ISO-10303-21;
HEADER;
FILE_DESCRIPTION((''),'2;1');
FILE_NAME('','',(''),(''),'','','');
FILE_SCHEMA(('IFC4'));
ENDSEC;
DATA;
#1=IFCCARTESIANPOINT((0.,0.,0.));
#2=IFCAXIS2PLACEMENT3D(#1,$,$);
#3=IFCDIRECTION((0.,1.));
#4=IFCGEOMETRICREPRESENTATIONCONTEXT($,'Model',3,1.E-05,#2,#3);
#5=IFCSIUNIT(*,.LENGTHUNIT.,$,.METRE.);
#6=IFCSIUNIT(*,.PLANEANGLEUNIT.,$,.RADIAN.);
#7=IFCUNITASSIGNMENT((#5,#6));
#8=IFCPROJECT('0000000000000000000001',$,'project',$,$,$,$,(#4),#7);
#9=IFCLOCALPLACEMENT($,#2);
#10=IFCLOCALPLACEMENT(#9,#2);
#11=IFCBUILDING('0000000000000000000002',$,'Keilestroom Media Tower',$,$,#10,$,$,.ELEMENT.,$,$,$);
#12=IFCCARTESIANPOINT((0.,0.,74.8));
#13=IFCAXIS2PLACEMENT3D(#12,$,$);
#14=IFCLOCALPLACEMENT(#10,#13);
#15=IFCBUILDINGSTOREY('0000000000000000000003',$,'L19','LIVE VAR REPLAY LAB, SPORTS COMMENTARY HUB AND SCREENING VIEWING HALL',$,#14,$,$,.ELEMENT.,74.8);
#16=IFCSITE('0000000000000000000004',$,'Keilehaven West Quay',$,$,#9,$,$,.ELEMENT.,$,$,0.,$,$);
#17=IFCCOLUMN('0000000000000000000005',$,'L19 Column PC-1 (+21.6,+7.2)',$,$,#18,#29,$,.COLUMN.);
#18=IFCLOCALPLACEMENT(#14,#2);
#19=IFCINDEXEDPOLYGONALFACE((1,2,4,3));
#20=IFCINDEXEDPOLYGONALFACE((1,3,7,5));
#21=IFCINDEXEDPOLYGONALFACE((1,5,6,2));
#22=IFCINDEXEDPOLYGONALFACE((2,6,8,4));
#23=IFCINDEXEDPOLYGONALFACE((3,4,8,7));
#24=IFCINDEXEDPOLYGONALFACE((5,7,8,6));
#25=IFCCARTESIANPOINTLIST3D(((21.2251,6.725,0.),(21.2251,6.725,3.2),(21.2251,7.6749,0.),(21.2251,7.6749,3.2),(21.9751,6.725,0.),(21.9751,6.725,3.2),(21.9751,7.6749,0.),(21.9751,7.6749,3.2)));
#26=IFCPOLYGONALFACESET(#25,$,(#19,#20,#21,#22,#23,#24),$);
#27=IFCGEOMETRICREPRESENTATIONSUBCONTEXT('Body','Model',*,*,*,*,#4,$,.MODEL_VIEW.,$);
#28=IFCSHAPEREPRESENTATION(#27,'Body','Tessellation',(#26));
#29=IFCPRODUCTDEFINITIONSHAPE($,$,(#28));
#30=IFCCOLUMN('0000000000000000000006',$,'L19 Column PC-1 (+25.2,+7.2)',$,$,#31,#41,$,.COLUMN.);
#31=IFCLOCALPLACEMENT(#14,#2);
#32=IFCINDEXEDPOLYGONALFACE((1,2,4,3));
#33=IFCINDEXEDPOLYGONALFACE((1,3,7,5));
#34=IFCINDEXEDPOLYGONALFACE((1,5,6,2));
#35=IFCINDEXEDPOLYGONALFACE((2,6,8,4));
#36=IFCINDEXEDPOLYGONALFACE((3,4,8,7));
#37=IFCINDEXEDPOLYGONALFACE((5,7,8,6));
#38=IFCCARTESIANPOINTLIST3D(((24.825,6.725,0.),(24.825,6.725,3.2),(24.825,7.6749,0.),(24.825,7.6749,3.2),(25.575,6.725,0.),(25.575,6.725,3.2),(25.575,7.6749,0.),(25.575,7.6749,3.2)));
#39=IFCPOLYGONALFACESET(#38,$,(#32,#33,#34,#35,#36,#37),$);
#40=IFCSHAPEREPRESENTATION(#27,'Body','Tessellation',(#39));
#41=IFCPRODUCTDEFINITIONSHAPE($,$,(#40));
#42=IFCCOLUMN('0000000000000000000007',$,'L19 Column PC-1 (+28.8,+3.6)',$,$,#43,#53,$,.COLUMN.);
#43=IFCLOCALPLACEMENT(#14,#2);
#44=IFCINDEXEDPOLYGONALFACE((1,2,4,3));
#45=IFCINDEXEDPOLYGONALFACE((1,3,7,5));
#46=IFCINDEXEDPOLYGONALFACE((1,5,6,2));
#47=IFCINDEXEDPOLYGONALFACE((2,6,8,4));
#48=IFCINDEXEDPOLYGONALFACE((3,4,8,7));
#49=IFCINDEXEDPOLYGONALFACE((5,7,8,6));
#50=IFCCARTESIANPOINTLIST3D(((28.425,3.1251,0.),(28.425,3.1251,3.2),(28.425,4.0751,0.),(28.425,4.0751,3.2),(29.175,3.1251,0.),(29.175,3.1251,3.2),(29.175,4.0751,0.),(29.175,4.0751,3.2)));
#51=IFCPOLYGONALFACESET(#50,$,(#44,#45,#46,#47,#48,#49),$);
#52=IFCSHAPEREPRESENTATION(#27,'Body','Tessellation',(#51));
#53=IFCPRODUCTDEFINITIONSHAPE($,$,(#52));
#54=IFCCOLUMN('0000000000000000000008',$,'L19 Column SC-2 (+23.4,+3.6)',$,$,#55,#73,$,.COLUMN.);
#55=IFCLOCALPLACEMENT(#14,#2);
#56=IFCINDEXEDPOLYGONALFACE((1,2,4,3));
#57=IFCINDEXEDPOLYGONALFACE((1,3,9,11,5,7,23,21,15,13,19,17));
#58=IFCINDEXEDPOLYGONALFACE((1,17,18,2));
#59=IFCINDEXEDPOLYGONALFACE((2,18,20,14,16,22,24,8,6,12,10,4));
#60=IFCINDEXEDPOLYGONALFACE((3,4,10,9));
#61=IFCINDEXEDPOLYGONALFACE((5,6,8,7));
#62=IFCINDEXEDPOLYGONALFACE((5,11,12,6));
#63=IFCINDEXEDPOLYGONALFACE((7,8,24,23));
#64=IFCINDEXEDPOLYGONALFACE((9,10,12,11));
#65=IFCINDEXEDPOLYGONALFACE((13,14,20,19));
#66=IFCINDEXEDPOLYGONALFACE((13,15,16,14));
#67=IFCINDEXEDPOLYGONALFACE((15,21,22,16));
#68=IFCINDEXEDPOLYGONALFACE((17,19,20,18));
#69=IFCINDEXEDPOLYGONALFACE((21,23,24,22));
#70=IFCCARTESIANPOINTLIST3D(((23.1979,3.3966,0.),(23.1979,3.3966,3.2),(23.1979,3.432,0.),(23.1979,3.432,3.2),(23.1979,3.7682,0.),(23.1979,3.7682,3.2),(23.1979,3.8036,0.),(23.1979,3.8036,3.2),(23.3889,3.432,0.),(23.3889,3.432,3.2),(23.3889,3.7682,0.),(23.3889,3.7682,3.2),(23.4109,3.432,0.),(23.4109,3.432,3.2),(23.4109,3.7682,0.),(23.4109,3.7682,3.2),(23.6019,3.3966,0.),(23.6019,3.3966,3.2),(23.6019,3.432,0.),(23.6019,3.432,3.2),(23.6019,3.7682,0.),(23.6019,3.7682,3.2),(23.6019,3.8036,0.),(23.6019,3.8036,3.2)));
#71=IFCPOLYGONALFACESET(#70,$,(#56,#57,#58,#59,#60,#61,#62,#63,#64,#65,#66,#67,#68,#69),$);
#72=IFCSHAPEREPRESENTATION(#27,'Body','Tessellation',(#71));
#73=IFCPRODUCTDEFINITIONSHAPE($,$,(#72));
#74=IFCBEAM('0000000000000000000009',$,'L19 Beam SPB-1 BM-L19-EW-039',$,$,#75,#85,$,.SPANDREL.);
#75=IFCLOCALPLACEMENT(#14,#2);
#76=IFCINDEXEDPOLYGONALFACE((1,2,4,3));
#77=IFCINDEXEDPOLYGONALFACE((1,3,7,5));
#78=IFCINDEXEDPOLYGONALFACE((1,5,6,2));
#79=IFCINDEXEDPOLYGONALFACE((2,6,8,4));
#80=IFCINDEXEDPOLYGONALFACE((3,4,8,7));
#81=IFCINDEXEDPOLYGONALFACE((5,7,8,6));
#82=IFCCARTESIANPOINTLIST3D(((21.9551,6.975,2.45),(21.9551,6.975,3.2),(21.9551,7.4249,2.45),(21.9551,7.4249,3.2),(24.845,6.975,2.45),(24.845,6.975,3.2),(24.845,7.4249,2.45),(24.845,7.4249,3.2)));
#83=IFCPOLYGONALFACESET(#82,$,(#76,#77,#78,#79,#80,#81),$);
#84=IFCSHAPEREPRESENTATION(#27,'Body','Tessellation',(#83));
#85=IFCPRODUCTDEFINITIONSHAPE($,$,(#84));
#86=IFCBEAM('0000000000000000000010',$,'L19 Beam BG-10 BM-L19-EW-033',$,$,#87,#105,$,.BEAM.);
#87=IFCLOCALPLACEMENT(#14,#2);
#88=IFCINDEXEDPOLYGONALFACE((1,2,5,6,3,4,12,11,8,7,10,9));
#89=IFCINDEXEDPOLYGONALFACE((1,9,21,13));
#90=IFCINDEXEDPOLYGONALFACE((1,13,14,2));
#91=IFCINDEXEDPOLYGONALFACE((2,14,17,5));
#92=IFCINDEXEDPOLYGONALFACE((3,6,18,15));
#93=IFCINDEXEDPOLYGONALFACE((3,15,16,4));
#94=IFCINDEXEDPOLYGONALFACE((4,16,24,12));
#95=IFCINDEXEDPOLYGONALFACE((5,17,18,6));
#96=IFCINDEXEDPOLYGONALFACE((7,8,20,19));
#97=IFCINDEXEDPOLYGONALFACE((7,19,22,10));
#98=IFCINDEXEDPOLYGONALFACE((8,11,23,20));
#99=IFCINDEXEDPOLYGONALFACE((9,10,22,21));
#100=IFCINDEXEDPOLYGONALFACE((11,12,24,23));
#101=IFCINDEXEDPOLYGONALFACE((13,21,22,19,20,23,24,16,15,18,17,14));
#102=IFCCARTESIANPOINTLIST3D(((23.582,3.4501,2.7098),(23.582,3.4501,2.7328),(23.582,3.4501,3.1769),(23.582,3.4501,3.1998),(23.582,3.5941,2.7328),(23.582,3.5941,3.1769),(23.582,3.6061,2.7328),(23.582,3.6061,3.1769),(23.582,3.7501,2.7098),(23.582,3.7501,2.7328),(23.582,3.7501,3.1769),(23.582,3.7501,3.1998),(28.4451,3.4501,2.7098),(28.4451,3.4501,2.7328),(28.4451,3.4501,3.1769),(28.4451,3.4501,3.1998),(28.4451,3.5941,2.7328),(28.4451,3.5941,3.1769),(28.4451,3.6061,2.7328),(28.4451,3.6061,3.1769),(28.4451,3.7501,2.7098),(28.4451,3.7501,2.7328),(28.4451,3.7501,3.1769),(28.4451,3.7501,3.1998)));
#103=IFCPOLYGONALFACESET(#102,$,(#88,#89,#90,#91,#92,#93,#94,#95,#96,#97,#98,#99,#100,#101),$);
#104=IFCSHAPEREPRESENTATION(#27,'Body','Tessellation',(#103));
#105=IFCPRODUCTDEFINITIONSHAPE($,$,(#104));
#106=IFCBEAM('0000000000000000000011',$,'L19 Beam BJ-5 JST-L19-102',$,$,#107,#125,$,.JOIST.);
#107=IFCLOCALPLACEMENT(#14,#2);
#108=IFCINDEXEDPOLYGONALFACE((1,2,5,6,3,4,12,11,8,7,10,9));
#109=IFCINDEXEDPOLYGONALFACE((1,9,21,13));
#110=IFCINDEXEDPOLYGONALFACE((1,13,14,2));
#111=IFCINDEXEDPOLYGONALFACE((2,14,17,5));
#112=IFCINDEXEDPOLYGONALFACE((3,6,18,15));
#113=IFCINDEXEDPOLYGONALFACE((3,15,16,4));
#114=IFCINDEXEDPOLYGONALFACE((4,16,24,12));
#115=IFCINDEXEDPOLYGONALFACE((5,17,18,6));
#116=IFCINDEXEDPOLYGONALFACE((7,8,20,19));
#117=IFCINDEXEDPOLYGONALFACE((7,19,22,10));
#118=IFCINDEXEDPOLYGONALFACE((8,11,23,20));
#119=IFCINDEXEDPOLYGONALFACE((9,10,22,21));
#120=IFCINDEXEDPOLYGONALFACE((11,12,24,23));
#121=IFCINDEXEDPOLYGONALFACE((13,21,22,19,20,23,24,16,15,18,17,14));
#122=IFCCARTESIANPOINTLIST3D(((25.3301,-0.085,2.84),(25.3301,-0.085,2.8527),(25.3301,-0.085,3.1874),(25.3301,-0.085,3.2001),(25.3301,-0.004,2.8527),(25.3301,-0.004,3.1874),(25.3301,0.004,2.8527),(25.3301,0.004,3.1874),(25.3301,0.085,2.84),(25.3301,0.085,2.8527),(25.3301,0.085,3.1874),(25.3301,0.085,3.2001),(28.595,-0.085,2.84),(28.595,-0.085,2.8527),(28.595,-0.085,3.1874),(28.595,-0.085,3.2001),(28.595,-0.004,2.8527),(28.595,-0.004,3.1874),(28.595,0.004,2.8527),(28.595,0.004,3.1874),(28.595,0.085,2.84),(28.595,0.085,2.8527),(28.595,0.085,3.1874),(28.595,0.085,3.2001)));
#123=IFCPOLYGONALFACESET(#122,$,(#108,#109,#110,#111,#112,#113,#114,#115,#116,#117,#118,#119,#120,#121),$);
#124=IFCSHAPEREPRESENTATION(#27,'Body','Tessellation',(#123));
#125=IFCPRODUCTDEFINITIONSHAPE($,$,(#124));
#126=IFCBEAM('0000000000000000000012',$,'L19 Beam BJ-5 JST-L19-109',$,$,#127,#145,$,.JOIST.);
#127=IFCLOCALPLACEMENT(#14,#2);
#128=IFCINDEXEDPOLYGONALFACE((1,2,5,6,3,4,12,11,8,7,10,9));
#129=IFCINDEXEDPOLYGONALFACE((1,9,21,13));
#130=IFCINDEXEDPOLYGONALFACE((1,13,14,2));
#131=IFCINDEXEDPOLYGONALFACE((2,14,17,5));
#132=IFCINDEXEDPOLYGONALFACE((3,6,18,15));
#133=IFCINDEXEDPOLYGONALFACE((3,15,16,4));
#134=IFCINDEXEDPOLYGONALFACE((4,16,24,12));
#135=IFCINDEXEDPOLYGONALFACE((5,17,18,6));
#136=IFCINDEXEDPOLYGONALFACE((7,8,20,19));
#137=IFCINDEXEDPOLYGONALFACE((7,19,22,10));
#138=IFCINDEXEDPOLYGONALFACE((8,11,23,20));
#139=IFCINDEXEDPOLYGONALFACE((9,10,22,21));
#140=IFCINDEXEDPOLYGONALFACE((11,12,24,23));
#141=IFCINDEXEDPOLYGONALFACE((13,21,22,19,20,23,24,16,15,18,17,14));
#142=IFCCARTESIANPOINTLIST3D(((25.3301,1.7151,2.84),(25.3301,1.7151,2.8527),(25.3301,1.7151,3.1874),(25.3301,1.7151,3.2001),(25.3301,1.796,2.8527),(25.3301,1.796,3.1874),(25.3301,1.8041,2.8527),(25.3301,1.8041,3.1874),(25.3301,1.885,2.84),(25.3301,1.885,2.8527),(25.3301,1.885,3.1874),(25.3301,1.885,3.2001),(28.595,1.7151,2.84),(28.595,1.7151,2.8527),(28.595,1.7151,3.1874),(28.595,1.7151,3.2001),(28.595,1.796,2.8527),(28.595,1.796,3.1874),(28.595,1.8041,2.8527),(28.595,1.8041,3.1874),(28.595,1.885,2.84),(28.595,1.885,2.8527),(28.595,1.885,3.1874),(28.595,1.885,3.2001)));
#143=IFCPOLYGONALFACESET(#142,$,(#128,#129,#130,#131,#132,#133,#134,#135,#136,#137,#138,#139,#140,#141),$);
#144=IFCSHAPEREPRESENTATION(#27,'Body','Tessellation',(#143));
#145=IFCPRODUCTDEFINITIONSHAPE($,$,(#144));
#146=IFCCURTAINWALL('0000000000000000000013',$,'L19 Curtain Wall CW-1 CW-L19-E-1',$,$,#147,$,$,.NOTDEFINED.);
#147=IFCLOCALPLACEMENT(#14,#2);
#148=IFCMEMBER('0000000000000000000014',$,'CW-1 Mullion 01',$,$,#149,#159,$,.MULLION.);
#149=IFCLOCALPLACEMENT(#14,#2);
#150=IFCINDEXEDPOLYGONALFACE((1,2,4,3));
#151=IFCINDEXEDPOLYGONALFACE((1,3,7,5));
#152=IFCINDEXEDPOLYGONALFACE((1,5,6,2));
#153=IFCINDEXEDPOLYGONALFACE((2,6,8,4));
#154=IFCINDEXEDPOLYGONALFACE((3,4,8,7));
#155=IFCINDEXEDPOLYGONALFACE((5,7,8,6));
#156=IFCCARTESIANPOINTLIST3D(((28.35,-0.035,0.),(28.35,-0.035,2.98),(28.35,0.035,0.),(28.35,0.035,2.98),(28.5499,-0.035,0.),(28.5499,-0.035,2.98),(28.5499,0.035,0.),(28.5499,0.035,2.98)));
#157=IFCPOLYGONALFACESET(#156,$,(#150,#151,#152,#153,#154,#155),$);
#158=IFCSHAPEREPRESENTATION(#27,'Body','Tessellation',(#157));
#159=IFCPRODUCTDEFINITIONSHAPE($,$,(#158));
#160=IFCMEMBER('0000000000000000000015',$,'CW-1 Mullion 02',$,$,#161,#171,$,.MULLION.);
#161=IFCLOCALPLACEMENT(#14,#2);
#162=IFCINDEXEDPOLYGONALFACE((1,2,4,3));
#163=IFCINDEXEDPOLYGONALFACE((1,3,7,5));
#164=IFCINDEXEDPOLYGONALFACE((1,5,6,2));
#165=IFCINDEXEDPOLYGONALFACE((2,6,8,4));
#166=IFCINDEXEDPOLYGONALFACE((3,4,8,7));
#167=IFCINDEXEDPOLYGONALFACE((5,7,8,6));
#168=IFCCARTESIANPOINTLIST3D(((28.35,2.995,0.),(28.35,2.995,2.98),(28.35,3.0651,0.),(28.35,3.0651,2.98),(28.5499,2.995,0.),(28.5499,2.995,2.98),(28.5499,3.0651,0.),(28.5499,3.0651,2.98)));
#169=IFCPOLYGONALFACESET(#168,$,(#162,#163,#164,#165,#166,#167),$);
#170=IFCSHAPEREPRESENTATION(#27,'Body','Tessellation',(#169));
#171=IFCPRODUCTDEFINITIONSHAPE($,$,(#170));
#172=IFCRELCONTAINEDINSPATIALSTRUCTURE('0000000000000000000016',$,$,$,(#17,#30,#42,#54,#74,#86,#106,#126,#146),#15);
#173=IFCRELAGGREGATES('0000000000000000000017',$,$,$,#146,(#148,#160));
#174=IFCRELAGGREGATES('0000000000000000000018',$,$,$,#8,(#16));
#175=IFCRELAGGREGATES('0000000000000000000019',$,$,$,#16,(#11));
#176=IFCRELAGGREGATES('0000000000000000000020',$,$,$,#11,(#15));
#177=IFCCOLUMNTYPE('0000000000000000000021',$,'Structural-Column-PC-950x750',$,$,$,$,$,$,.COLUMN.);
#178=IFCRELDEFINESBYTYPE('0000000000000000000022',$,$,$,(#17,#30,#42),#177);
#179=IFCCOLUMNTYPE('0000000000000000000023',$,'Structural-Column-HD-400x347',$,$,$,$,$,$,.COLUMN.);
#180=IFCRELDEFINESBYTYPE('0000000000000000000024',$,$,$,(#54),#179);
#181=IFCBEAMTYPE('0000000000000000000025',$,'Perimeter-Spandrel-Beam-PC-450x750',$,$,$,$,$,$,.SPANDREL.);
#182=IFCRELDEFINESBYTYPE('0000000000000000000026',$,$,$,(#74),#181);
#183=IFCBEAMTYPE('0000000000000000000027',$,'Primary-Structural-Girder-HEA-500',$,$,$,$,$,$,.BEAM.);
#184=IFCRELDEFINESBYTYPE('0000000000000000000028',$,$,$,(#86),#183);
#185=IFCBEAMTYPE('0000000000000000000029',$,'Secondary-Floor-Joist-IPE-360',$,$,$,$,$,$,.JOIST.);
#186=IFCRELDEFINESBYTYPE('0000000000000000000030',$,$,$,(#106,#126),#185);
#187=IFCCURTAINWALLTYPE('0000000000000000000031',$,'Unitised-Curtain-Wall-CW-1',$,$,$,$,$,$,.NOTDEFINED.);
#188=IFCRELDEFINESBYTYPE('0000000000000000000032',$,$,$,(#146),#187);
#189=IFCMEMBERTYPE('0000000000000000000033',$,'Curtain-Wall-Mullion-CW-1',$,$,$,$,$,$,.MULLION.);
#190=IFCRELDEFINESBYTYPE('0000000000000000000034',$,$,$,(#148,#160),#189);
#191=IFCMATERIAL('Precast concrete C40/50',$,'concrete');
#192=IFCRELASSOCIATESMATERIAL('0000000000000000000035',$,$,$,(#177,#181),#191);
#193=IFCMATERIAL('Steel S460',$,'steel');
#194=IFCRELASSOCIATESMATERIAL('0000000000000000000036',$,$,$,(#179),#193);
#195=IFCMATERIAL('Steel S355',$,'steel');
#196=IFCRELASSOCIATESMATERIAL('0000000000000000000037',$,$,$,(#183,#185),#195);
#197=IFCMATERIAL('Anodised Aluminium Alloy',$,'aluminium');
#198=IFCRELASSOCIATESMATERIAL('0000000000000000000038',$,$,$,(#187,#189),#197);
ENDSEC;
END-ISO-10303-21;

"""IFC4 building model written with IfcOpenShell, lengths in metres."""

from ifc_helpers import new_model, si_unit, direction, frame, origin, origin_2d, place, context, subcontext, project, spatial, rectangle, i_section, extrude, source, transform, mapped, material, material_profile, profile_set, type_object, element, aggregate, save


model = new_model("IFC4")

# Units and contexts
model_context = context("Model", 3, precision=1e-05, world=origin(), true_north=direction((0.0, 1.0)))
body_context = subcontext(model_context, "Body", "Model", "MODEL_VIEW")
ifc_project = project(units=[si_unit("LENGTHUNIT", "METRE"), si_unit("PLANEANGLEUNIT", "RADIAN")], contexts=[model_context])

# Site, building, storey
site_placement = place(None, origin())
site = spatial("IfcSite", under=ifc_project, at=site_placement, Name="Keilehaven West Quay", CompositionType="ELEMENT", RefElevation=0.0)
building_placement = place(site_placement, origin())
building = spatial("IfcBuilding", under=site, at=building_placement, Name="Keilestroom Media Tower", CompositionType="ELEMENT")
storey_placement = place(building_placement, frame((0.0, 0.0, 74.8)))
storey = spatial("IfcBuildingStorey", under=building, at=storey_placement, Name="L19", Description="LIVE VAR REPLAY LAB, SPORTS COMMENTARY HUB AND SCREENING VIEWING HALL", CompositionType="ELEMENT", Elevation=74.8)

# Columns
ifc_material_1 = material(Name="Precast concrete C40/50", Category="concrete")
ifc_material_profile_1 = material_profile(ifc_material_1, rectangle(XDim=0.75, YDim=0.95, at=origin_2d()), Name="PC 950x750")
ifc_profile_set_1 = profile_set([ifc_material_profile_1], Name="Precast concrete C40/50")
column_type_1 = type_object("IfcColumnType", Name="Structural-Column-PC-950x750", PredefinedType="COLUMN", material=ifc_profile_set_1)
shared_shape_1 = source(origin(), body_context, "Body", "SweptSolid", [
    extrude(rectangle(XDim=0.75, YDim=0.95, at=origin_2d()), origin(), (0.0, 0.0, 1.0), 3.2),
])
for number, where, z_axis, x_axis, name in (
    (1, (21.6001, 7.2, 0.0), (0.0, 0.0, 1.0), (1.0, 0.0, 0.0), "L19 Column PC-1 (+21.6,+7.2)"),
    (2, (25.2, 7.2, 0.0), (0.0, 0.0, 1.0), (1.0, 0.0, 0.0), "L19 Column PC-1 (+25.2,+7.2)"),
    (3, (28.8, 3.6001, 0.0), (0.0, 0.0, 1.0), (1.0, 0.0, 0.0), "L19 Column PC-1 (+28.8,+3.6)"),
):
    element("IfcColumn", number, at=place(storey_placement, frame(where, z_axis=z_axis, x_axis=x_axis)), inside=storey, type_object=column_type_1, Name=name, PredefinedType="COLUMN", context=body_context, shape_type="MappedRepresentation", body=[
        mapped(shared_shape_1, transform((0.0, 0.0, 0.0), x_axis=(1.0, 0.0, 0.0), y_axis=(0.0, 1.0, 0.0), z_axis=(0.0, 0.0, 1.0), scale=1.0)),
    ])
ifc_material_2 = material(Name="Steel S460", Category="steel")
ifc_material_profile_2 = material_profile(ifc_material_2, i_section(OverallWidth=0.4041, OverallDepth=0.407, WebThickness=0.022, FlangeThickness=0.0354, at=origin_2d()), Name="HD 400x347")
ifc_profile_set_2 = profile_set([ifc_material_profile_2], Name="Steel S460")
column_type_2 = type_object("IfcColumnType", Name="Structural-Column-HD-400x347", PredefinedType="COLUMN", material=ifc_profile_set_2)
shared_shape_2 = source(origin(), body_context, "Body", "SweptSolid", [
    extrude(i_section(OverallWidth=0.4041, OverallDepth=0.407, WebThickness=0.022, FlangeThickness=0.0354, at=origin_2d()), origin(), (0.0, 0.0, 1.0), 3.2),
])
column_placement = place(storey_placement, frame((23.3999, 3.6001, 0.0), z_axis=(0.0, 0.0, 1.0), x_axis=(1.0, 0.0, 0.0)))
element("IfcColumn", 4, at=column_placement, inside=storey, type_object=column_type_2, Name="L19 Column SC-2 (+23.4,+3.6)", PredefinedType="COLUMN", context=body_context, shape_type="MappedRepresentation", body=[
    mapped(shared_shape_2, transform((0.0, 0.0, 0.0), x_axis=(1.0, 0.0, 0.0), y_axis=(0.0, 1.0, 0.0), z_axis=(0.0, 0.0, 1.0), scale=1.0)),
])

# Beams
ifc_material_profile_3 = material_profile(ifc_material_1, rectangle(XDim=0.45, YDim=0.75, at=origin_2d()), Name="PC 450x750")
ifc_profile_set_3 = profile_set([ifc_material_profile_3], Name="Precast concrete C40/50")
beam_type_1 = type_object("IfcBeamType", Name="Perimeter-Spandrel-Beam-PC-450x750", PredefinedType="SPANDREL", material=ifc_profile_set_3)
shared_shape_3 = source(origin(), body_context, "Body", "SweptSolid", [
    extrude(rectangle(XDim=0.45, YDim=0.75, at=origin_2d()), origin(), (0.0, 0.0, 1.0), 2.8899),
])
beam_1_placement = place(storey_placement, frame((21.9551, 7.2, 2.825), z_axis=(1.0, 0.0, 0.0), x_axis=(0.0, 1.0, 0.0)))
element("IfcBeam", 5, at=beam_1_placement, inside=storey, type_object=beam_type_1, Name="L19 Beam SPB-1 BM-L19-EW-039", PredefinedType="SPANDREL", context=body_context, shape_type="MappedRepresentation", body=[
    mapped(shared_shape_3, transform((0.0, 0.0, 0.0), x_axis=(1.0, 0.0, 0.0), y_axis=(0.0, 1.0, 0.0), z_axis=(0.0, 0.0, 1.0), scale=1.0)),
])
ifc_material_3 = material(Name="Steel S355", Category="steel")
ifc_material_profile_4 = material_profile(ifc_material_3, i_section(OverallWidth=0.3, OverallDepth=0.49, WebThickness=0.012, FlangeThickness=0.0229, at=origin_2d()), Name="HEA 500")
ifc_profile_set_4 = profile_set([ifc_material_profile_4], Name="Steel S355")
beam_type_2 = type_object("IfcBeamType", Name="Primary-Structural-Girder-HEA-500", PredefinedType="BEAM", material=ifc_profile_set_4)
shared_shape_4 = source(origin(), body_context, "Body", "SweptSolid", [
    extrude(i_section(OverallWidth=0.3, OverallDepth=0.49, WebThickness=0.012, FlangeThickness=0.0229, at=origin_2d()), origin(), (0.0, 0.0, 1.0), 4.863),
])
beam_2_placement = place(storey_placement, frame((23.582, 3.6001, 2.9548), z_axis=(1.0, 0.0, 0.0), x_axis=(0.0, 1.0, 0.0)))
element("IfcBeam", 6, at=beam_2_placement, inside=storey, type_object=beam_type_2, Name="L19 Beam BG-10 BM-L19-EW-033", PredefinedType="BEAM", context=body_context, shape_type="MappedRepresentation", body=[
    mapped(shared_shape_4, transform((0.0, 0.0, 0.0), x_axis=(1.0, 0.0, 0.0), y_axis=(0.0, 1.0, 0.0), z_axis=(0.0, 0.0, 1.0), scale=1.0)),
])
ifc_material_profile_5 = material_profile(ifc_material_3, i_section(OverallWidth=0.1699, OverallDepth=0.3601, WebThickness=0.0081, FlangeThickness=0.0127, at=origin_2d()), Name="IPE 360")
ifc_profile_set_5 = profile_set([ifc_material_profile_5], Name="Steel S355")
beam_type_3 = type_object("IfcBeamType", Name="Secondary-Floor-Joist-IPE-360", PredefinedType="JOIST", material=ifc_profile_set_5)
shared_shape_5 = source(origin(), body_context, "Body", "SweptSolid", [
    extrude(i_section(OverallWidth=0.1699, OverallDepth=0.3601, WebThickness=0.0081, FlangeThickness=0.0127, at=origin_2d()), origin(), (0.0, 0.0, 1.0), 3.2649),
])
for number, where, z_axis, x_axis, name in (
    (7, (25.3301, 0.0, 3.02), (1.0, 0.0, 0.0), (0.0, 1.0, 0.0), "L19 Beam BJ-5 JST-L19-102"),
    (8, (25.3301, 1.8, 3.02), (1.0, 0.0, 0.0), (0.0, 1.0, 0.0), "L19 Beam BJ-5 JST-L19-109"),
):
    element("IfcBeam", number, at=place(storey_placement, frame(where, z_axis=z_axis, x_axis=x_axis)), inside=storey, type_object=beam_type_3, Name=name, PredefinedType="JOIST", context=body_context, shape_type="MappedRepresentation", body=[
        mapped(shared_shape_5, transform((0.0, 0.0, 0.0), x_axis=(1.0, 0.0, 0.0), y_axis=(0.0, 1.0, 0.0), z_axis=(0.0, 0.0, 1.0), scale=1.0)),
    ])

# Curtain wall, members
ifc_material_4 = material(Name="Anodised Aluminium Alloy", Category="aluminium")
curtain_wall_type = type_object("IfcCurtainWallType", Name="Unitised-Curtain-Wall-CW-1", PredefinedType="NOTDEFINED", material=ifc_material_4)
curtain_wall_placement = place(storey_placement, origin())
curtain_wall = element("IfcCurtainWall", 9, at=curtain_wall_placement, inside=storey, type_object=curtain_wall_type, Name="L19 Curtain Wall CW-1 CW-L19-E-1", PredefinedType="NOTDEFINED")
ifc_material_profile_6 = material_profile(ifc_material_4, rectangle(XDim=0.0701, YDim=0.2, at=origin_2d()), Name="ALU MULLION 70x200")
ifc_profile_set_6 = profile_set([ifc_material_profile_6], Name="Anodised Aluminium Alloy")
member_type_1 = type_object("IfcMemberType", Name="Curtain-Wall-Mullion-CW-1", PredefinedType="MULLION", material=ifc_profile_set_6)
shared_shape_6 = source(origin(), body_context, "Body", "SweptSolid", [
    extrude(rectangle(XDim=0.0701, YDim=0.2, at=origin_2d()), origin(), (0.0, 0.0, 1.0), 2.98),
])
member_1_placement = place(storey_placement, frame((28.45, 0.0, 0.0), z_axis=(0.0, 0.0, 1.0), x_axis=(0.0, 1.0, 0.0)))
member_1 = element("IfcMember", 10, at=member_1_placement, type_object=member_type_1, Name="CW-1 Mullion 01", PredefinedType="MULLION", context=body_context, shape_type="MappedRepresentation", body=[
    mapped(shared_shape_6, transform((0.0, 0.0, 0.0), x_axis=(1.0, 0.0, 0.0), y_axis=(0.0, 1.0, 0.0), z_axis=(0.0, 0.0, 1.0), scale=1.0)),
])
member_2_placement = place(storey_placement, frame((28.45, 3.03, 0.0), z_axis=(0.0, 0.0, 1.0), x_axis=(0.0, 1.0, 0.0)))
member_2 = element("IfcMember", 11, at=member_2_placement, type_object=member_type_1, Name="CW-1 Mullion 02", PredefinedType="MULLION", context=body_context, shape_type="MappedRepresentation", body=[
    mapped(shared_shape_6, transform((0.0, 0.0, 0.0), x_axis=(1.0, 0.0, 0.0), y_axis=(0.0, 1.0, 0.0), z_axis=(0.0, 0.0, 1.0), scale=1.0)),
])
aggregate(curtain_wall, [member_1, member_2])

save(model, "model.ifc")
